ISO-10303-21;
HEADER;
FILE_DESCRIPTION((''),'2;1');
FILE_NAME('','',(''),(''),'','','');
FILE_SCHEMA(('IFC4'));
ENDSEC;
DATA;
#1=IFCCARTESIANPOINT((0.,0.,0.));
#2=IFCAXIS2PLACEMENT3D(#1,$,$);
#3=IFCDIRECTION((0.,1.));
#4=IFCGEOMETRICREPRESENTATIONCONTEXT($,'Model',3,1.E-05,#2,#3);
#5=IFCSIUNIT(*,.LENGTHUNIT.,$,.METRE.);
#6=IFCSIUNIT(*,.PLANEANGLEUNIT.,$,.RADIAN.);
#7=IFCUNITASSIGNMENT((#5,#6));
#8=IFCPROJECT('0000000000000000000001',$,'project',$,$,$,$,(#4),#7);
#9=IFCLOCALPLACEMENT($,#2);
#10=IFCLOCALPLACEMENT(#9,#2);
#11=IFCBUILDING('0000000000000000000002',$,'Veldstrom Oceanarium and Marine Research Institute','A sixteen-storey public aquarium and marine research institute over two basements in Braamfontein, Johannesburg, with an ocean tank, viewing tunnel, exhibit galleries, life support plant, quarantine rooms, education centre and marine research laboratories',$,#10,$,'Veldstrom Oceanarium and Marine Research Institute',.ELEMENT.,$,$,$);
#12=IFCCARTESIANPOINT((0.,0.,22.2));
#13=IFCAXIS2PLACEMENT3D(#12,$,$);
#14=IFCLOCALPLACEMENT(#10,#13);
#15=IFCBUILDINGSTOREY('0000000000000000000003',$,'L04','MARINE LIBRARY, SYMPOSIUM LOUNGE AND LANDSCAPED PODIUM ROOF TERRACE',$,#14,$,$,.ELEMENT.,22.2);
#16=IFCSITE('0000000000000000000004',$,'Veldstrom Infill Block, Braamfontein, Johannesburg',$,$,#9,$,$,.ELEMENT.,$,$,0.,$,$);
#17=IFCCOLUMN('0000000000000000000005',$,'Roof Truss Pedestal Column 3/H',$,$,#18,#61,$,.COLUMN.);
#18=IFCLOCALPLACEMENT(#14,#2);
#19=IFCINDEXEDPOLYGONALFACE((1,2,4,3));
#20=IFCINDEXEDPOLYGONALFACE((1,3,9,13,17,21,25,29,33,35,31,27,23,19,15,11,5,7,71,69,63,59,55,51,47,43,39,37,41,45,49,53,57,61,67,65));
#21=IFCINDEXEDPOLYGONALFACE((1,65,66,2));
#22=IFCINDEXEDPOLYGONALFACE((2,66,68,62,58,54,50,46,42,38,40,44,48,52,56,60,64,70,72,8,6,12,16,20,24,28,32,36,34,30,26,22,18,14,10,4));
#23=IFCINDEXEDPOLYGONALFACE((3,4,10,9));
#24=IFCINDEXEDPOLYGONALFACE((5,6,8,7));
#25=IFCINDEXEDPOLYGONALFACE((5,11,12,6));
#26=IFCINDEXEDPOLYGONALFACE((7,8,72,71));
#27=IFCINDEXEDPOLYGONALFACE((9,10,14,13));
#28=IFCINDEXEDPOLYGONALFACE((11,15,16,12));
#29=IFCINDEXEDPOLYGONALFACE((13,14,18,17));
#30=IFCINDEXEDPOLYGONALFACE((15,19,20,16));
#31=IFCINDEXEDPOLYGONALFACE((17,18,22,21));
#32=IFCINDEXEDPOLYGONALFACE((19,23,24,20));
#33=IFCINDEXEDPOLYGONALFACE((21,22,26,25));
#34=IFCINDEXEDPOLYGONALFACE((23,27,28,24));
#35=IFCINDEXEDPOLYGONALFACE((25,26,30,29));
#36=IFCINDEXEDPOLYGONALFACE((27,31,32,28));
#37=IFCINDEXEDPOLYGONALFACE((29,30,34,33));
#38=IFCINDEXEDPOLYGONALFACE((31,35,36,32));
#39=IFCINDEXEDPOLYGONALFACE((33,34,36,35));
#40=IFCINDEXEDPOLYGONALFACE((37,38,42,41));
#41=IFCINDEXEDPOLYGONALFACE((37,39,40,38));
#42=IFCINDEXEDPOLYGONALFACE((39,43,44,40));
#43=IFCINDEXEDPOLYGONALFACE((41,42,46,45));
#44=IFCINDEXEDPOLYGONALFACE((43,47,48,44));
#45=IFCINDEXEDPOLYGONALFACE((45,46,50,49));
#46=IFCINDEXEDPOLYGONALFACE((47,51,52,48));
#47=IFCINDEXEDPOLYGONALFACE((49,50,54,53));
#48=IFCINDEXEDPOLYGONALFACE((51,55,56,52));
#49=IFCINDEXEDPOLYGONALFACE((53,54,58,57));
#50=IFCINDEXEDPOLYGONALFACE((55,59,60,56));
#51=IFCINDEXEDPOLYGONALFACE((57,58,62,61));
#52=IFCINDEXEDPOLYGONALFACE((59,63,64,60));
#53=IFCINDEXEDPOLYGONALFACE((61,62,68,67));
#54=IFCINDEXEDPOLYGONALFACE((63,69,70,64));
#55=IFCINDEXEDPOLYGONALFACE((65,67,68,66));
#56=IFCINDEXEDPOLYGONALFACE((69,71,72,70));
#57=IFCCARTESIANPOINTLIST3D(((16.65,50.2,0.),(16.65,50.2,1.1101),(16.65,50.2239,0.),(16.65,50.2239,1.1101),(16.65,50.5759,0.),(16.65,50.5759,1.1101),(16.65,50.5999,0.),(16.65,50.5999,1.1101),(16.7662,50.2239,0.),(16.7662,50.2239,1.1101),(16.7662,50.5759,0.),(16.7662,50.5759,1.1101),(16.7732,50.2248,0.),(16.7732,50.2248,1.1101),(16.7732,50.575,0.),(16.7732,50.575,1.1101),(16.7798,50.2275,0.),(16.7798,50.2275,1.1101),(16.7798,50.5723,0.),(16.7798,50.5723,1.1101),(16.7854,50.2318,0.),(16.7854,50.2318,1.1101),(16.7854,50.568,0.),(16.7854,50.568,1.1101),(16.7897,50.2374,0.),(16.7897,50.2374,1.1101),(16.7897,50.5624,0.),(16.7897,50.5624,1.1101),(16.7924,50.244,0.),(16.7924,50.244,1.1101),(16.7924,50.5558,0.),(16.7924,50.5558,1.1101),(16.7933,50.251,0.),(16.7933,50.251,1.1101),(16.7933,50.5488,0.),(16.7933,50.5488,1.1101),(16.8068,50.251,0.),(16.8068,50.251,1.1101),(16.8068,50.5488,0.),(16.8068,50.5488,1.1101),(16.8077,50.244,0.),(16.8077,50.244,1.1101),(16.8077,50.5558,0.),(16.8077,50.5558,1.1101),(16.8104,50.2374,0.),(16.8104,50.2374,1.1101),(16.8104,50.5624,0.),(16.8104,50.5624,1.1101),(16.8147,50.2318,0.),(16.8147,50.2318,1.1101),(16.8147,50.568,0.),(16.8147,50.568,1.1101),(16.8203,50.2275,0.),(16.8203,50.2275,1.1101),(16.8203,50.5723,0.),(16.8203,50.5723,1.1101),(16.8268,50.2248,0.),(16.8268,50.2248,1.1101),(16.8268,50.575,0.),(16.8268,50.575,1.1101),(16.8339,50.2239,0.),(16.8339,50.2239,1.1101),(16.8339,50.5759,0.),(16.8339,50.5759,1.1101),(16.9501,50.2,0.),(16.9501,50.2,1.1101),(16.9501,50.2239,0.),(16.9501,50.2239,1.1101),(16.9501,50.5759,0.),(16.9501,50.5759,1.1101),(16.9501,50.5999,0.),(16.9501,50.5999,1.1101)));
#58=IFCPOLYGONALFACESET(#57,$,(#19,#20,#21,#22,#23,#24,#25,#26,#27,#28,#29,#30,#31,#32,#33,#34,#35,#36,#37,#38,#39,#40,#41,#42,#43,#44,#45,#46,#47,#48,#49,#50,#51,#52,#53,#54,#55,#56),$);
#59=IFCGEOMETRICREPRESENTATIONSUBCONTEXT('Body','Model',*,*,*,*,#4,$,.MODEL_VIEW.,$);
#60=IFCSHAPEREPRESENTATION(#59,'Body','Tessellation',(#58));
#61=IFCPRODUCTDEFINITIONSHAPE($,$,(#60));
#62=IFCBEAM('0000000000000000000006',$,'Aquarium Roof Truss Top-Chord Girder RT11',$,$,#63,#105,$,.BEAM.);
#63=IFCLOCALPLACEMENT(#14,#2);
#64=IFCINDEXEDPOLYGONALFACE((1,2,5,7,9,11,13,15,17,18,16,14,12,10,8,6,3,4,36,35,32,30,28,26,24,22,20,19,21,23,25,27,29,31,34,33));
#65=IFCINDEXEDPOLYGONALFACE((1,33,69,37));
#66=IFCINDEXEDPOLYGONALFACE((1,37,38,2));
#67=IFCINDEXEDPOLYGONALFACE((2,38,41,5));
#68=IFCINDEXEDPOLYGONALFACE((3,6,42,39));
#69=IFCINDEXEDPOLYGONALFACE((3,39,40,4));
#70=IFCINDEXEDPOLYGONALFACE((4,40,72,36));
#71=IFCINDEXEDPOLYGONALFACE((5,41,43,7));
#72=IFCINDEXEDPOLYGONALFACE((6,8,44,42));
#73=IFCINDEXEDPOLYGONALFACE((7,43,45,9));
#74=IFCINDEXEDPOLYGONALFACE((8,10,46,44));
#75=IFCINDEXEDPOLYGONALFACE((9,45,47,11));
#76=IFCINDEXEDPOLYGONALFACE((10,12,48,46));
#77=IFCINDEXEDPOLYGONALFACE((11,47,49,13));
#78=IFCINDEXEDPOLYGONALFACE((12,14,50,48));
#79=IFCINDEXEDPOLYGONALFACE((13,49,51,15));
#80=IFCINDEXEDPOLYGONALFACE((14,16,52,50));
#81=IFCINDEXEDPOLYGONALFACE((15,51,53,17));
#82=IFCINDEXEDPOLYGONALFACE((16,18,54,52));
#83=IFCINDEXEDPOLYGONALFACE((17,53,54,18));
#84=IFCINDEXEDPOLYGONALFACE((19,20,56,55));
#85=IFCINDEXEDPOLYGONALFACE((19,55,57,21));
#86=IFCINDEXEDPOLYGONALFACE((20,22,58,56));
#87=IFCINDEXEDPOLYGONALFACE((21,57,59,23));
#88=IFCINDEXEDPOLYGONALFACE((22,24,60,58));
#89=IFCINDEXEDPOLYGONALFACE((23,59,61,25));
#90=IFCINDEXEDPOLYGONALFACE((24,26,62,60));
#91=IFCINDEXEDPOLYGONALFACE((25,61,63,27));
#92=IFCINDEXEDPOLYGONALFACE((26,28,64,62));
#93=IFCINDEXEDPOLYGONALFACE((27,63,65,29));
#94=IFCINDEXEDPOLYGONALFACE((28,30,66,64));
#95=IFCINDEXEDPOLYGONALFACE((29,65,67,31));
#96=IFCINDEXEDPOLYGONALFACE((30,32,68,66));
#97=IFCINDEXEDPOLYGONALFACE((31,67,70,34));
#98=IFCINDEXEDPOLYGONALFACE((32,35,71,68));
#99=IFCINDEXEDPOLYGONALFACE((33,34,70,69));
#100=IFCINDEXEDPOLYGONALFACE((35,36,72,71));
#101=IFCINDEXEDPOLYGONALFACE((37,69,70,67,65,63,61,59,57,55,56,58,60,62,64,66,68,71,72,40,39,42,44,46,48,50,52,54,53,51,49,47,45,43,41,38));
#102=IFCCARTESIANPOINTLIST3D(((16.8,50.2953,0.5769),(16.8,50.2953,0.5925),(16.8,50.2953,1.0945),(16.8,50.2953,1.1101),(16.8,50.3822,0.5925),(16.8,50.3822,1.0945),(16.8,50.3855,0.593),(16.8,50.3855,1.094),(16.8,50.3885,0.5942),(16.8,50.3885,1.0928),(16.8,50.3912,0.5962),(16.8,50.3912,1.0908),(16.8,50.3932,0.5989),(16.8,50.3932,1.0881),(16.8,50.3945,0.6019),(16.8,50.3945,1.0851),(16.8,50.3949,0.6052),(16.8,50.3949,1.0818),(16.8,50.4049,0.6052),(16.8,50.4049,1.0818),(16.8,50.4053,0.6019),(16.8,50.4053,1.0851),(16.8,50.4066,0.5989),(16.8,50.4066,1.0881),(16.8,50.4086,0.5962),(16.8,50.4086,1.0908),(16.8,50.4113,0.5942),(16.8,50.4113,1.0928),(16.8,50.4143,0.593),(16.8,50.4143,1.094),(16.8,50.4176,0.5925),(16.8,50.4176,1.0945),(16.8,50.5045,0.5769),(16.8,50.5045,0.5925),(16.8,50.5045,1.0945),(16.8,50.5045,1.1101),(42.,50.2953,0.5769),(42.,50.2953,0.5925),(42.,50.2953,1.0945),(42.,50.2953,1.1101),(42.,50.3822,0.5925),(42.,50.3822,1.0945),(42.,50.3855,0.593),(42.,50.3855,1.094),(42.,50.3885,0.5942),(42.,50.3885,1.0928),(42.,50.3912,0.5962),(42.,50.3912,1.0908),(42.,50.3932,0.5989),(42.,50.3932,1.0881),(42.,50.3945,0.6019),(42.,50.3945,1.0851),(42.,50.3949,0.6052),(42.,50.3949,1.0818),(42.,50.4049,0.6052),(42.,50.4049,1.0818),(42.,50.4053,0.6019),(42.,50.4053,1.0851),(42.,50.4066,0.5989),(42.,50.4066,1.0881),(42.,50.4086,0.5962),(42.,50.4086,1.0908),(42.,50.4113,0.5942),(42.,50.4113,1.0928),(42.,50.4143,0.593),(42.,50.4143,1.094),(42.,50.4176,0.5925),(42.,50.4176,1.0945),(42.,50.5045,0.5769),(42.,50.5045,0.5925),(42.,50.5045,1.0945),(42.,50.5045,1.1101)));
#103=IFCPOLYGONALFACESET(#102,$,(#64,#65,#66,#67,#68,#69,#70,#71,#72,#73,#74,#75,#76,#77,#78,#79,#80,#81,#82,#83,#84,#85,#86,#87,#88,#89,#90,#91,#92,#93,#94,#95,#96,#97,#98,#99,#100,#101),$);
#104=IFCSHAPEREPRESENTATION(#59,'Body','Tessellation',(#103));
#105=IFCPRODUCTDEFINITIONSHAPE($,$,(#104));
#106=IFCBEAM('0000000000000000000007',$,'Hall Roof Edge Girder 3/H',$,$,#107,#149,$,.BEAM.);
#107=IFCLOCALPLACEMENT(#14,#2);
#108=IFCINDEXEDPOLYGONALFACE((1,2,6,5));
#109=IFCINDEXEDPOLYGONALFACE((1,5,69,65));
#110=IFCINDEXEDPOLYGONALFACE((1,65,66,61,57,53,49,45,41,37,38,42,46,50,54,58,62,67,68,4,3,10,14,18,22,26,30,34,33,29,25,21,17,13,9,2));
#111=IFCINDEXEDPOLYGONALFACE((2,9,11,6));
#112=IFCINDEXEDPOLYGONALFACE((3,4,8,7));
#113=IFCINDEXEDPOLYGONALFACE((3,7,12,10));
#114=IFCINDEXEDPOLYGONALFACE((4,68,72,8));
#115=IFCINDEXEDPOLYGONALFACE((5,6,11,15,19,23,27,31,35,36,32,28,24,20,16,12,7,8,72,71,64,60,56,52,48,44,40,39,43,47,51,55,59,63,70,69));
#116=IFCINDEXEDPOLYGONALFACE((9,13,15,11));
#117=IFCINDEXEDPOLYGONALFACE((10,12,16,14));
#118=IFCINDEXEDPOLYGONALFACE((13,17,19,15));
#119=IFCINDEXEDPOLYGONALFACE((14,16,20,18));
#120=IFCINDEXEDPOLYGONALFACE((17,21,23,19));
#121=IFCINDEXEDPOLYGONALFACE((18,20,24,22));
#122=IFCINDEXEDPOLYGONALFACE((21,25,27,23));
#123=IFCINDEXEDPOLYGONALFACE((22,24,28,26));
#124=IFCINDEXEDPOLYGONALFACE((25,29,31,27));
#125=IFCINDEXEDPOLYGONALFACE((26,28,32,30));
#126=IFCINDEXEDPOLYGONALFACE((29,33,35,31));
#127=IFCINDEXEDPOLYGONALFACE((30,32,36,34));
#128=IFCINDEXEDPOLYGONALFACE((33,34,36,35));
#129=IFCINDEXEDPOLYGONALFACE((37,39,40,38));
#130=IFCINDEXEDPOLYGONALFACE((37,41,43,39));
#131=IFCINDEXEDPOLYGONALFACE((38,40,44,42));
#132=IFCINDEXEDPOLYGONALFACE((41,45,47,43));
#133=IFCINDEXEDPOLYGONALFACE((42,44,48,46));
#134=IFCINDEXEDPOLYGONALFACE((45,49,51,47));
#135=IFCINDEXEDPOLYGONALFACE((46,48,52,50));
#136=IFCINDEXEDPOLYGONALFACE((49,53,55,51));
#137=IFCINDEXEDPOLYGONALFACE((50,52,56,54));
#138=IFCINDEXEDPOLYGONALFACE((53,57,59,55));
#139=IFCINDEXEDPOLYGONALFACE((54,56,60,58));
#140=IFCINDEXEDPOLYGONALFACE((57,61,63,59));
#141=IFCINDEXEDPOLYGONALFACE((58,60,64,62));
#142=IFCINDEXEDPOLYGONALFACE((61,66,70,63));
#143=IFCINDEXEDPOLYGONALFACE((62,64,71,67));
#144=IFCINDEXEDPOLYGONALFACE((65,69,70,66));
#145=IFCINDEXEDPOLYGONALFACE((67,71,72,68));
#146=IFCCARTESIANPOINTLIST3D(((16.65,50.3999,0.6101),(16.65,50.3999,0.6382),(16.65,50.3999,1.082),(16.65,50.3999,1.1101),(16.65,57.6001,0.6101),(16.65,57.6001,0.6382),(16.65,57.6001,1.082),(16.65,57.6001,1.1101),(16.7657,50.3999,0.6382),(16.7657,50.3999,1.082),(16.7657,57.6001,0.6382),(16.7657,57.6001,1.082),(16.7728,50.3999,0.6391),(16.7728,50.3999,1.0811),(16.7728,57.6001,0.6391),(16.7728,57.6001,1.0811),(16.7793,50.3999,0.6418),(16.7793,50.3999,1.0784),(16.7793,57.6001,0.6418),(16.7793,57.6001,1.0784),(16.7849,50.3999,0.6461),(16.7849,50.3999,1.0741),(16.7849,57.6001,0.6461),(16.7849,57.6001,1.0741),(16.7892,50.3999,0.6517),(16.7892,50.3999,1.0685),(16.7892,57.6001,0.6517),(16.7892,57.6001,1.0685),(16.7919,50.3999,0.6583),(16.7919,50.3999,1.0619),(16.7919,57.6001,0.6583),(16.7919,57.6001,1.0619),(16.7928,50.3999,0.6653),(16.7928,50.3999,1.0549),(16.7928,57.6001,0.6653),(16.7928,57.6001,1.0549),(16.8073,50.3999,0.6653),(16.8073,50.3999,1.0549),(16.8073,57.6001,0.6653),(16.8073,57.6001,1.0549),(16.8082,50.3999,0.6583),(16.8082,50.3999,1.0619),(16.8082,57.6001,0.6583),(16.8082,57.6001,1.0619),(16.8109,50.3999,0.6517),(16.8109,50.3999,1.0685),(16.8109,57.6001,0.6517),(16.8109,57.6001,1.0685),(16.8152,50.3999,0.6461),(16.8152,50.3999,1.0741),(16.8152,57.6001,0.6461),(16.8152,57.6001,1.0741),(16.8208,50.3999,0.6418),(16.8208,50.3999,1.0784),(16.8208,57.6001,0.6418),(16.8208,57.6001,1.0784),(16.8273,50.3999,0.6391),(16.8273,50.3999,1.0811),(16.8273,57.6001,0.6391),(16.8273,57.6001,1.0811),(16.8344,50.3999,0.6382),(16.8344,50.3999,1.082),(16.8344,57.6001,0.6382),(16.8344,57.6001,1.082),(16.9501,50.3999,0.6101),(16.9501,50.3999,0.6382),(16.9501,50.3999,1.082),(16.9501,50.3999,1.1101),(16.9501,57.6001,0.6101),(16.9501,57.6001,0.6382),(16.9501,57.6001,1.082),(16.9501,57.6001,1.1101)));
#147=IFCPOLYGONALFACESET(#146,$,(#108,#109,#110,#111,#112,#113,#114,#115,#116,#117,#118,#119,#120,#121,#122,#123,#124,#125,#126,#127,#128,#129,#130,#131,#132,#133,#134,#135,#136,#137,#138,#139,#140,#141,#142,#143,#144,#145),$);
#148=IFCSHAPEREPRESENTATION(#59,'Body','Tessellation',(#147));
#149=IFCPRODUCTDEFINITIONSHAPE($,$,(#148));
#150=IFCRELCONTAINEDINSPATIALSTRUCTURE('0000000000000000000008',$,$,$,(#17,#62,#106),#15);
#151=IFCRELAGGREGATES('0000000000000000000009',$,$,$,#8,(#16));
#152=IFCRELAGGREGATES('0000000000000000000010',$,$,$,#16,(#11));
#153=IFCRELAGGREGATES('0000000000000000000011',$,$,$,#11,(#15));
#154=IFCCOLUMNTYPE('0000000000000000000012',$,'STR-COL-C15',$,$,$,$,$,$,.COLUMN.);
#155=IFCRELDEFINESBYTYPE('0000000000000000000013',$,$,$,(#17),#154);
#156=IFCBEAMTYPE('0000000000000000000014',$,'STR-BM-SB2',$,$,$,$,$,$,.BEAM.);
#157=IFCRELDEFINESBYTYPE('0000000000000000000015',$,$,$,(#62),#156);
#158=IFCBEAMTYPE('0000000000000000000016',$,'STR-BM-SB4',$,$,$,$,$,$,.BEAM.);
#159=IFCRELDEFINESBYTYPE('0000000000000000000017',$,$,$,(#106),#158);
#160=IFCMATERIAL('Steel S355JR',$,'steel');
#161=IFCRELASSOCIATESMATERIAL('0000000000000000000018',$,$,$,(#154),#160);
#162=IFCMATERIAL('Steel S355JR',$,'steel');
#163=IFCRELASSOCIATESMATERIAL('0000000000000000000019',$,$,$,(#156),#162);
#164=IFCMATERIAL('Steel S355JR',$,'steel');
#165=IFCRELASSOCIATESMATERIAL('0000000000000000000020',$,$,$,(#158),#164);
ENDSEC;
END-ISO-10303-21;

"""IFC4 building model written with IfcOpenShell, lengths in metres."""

from ifc_helpers import new_model, si_unit, direction, frame, origin, origin_2d, place, context, subcontext, project, spatial, i_section, extrude, material, material_profile, profile_set, type_object, element, save


model = new_model("IFC4")

# Units and contexts
model_context = context("Model", 3, precision=1e-05, world=origin(), true_north=direction((0.0, 1.0)))
body_context = subcontext(model_context, "Body", "Model", "MODEL_VIEW")
ifc_project = project(units=[si_unit("LENGTHUNIT", "METRE"), si_unit("PLANEANGLEUNIT", "RADIAN")], contexts=[model_context])

# Site, building, storey
site_placement = place(None, origin())
site = spatial("IfcSite", under=ifc_project, at=site_placement, Name="Veldstrom Infill Block, Braamfontein, Johannesburg", CompositionType="ELEMENT", RefElevation=0.0)
building_placement = place(site_placement, origin())
building = spatial("IfcBuilding", under=site, at=building_placement, Name="Veldstrom Oceanarium and Marine Research Institute", Description="A sixteen-storey public aquarium and marine research institute over two basements in Braamfontein, Johannesburg, with an ocean tank, viewing tunnel, exhibit galleries, life support plant, quarantine rooms, education centre and marine research laboratories", LongName="Veldstrom Oceanarium and Marine Research Institute", CompositionType="ELEMENT")
storey_placement = place(building_placement, frame((0.0, 0.0, 22.2)))
storey = spatial("IfcBuildingStorey", under=building, at=storey_placement, Name="L04", Description="MARINE LIBRARY, SYMPOSIUM LOUNGE AND LANDSCAPED PODIUM ROOF TERRACE", CompositionType="ELEMENT", Elevation=22.2)

# Column
ifc_material_1 = material(Name="Steel S355JR", Category="steel")
ifc_material_profile_1 = material_profile(ifc_material_1, i_section(OverallWidth=0.3, OverallDepth=0.3999, WebThickness=0.0134, FlangeThickness=0.0239, FilletRadius=0.0271, at=origin_2d()), Name="HEB 400")
ifc_profile_set_1 = profile_set([ifc_material_profile_1], Name="Steel S355JR")
column_type = type_object("IfcColumnType", Name="STR-COL-C15", PredefinedType="COLUMN", material=ifc_profile_set_1)
column_placement = place(storey_placement, frame((16.8, 50.3999, 0.0), z_axis=(0.0, 0.0, 1.0), x_axis=(1.0, 0.0, 0.0)))
element("IfcColumn", 1, at=column_placement, inside=storey, type_object=column_type, Name="Roof Truss Pedestal Column 3/H", PredefinedType="COLUMN", context=body_context, shape_type="SweptSolid", body=[
    extrude(i_section(OverallWidth=0.3, OverallDepth=0.3999, WebThickness=0.0134, FlangeThickness=0.0239, FilletRadius=0.0271, at=origin_2d()), origin(), (0.0, 0.0, 1.0), 1.1101),
])

# Beams
ifc_material_2 = material(Name="Steel S355JR", Category="steel")
ifc_material_profile_2 = material_profile(ifc_material_2, i_section(OverallWidth=0.2092, OverallDepth=0.5332, WebThickness=0.01, FlangeThickness=0.0156, FilletRadius=0.0127, at=origin_2d()), Name="UB 533x210x92")
ifc_profile_set_2 = profile_set([ifc_material_profile_2], Name="Steel S355JR")
beam_type_1 = type_object("IfcBeamType", Name="STR-BM-SB2", PredefinedType="BEAM", material=ifc_profile_set_2)
beam_1_placement = place(storey_placement, frame((16.8, 50.3999, 0.8435), z_axis=(1.0, 0.0, 0.0), x_axis=(0.0, 1.0, 0.0)))
element("IfcBeam", 2, at=beam_1_placement, inside=storey, type_object=beam_type_1, Name="Aquarium Roof Truss Top-Chord Girder RT11", PredefinedType="BEAM", context=body_context, shape_type="SweptSolid", body=[
    extrude(i_section(OverallWidth=0.2092, OverallDepth=0.5332, WebThickness=0.01, FlangeThickness=0.0156, FilletRadius=0.0127, at=origin_2d()), origin(), (0.0, 0.0, 1.0), 25.2),
])
ifc_material_3 = material(Name="Steel S355JR", Category="steel")
ifc_material_profile_3 = material_profile(ifc_material_3, i_section(OverallWidth=0.3, OverallDepth=0.5, WebThickness=0.0144, FlangeThickness=0.0281, FilletRadius=0.0271, at=origin_2d()), Name="HEB 500")
ifc_profile_set_3 = profile_set([ifc_material_profile_3], Name="Steel S355JR")
beam_type_2 = type_object("IfcBeamType", Name="STR-BM-SB4", PredefinedType="BEAM", material=ifc_profile_set_3)
beam_2_placement = place(storey_placement, frame((16.8, 50.3999, 0.8601), z_axis=(0.0, 1.0, 0.0), x_axis=(-1.0, 0.0, 0.0)))
element("IfcBeam", 3, at=beam_2_placement, inside=storey, type_object=beam_type_2, Name="Hall Roof Edge Girder 3/H", PredefinedType="BEAM", context=body_context, shape_type="SweptSolid", body=[
    extrude(i_section(OverallWidth=0.3, OverallDepth=0.5, WebThickness=0.0144, FlangeThickness=0.0281, FilletRadius=0.0271, at=origin_2d()), origin(), (0.0, 0.0, 1.0), 7.2002),
])

save(model, "model.ifc")
